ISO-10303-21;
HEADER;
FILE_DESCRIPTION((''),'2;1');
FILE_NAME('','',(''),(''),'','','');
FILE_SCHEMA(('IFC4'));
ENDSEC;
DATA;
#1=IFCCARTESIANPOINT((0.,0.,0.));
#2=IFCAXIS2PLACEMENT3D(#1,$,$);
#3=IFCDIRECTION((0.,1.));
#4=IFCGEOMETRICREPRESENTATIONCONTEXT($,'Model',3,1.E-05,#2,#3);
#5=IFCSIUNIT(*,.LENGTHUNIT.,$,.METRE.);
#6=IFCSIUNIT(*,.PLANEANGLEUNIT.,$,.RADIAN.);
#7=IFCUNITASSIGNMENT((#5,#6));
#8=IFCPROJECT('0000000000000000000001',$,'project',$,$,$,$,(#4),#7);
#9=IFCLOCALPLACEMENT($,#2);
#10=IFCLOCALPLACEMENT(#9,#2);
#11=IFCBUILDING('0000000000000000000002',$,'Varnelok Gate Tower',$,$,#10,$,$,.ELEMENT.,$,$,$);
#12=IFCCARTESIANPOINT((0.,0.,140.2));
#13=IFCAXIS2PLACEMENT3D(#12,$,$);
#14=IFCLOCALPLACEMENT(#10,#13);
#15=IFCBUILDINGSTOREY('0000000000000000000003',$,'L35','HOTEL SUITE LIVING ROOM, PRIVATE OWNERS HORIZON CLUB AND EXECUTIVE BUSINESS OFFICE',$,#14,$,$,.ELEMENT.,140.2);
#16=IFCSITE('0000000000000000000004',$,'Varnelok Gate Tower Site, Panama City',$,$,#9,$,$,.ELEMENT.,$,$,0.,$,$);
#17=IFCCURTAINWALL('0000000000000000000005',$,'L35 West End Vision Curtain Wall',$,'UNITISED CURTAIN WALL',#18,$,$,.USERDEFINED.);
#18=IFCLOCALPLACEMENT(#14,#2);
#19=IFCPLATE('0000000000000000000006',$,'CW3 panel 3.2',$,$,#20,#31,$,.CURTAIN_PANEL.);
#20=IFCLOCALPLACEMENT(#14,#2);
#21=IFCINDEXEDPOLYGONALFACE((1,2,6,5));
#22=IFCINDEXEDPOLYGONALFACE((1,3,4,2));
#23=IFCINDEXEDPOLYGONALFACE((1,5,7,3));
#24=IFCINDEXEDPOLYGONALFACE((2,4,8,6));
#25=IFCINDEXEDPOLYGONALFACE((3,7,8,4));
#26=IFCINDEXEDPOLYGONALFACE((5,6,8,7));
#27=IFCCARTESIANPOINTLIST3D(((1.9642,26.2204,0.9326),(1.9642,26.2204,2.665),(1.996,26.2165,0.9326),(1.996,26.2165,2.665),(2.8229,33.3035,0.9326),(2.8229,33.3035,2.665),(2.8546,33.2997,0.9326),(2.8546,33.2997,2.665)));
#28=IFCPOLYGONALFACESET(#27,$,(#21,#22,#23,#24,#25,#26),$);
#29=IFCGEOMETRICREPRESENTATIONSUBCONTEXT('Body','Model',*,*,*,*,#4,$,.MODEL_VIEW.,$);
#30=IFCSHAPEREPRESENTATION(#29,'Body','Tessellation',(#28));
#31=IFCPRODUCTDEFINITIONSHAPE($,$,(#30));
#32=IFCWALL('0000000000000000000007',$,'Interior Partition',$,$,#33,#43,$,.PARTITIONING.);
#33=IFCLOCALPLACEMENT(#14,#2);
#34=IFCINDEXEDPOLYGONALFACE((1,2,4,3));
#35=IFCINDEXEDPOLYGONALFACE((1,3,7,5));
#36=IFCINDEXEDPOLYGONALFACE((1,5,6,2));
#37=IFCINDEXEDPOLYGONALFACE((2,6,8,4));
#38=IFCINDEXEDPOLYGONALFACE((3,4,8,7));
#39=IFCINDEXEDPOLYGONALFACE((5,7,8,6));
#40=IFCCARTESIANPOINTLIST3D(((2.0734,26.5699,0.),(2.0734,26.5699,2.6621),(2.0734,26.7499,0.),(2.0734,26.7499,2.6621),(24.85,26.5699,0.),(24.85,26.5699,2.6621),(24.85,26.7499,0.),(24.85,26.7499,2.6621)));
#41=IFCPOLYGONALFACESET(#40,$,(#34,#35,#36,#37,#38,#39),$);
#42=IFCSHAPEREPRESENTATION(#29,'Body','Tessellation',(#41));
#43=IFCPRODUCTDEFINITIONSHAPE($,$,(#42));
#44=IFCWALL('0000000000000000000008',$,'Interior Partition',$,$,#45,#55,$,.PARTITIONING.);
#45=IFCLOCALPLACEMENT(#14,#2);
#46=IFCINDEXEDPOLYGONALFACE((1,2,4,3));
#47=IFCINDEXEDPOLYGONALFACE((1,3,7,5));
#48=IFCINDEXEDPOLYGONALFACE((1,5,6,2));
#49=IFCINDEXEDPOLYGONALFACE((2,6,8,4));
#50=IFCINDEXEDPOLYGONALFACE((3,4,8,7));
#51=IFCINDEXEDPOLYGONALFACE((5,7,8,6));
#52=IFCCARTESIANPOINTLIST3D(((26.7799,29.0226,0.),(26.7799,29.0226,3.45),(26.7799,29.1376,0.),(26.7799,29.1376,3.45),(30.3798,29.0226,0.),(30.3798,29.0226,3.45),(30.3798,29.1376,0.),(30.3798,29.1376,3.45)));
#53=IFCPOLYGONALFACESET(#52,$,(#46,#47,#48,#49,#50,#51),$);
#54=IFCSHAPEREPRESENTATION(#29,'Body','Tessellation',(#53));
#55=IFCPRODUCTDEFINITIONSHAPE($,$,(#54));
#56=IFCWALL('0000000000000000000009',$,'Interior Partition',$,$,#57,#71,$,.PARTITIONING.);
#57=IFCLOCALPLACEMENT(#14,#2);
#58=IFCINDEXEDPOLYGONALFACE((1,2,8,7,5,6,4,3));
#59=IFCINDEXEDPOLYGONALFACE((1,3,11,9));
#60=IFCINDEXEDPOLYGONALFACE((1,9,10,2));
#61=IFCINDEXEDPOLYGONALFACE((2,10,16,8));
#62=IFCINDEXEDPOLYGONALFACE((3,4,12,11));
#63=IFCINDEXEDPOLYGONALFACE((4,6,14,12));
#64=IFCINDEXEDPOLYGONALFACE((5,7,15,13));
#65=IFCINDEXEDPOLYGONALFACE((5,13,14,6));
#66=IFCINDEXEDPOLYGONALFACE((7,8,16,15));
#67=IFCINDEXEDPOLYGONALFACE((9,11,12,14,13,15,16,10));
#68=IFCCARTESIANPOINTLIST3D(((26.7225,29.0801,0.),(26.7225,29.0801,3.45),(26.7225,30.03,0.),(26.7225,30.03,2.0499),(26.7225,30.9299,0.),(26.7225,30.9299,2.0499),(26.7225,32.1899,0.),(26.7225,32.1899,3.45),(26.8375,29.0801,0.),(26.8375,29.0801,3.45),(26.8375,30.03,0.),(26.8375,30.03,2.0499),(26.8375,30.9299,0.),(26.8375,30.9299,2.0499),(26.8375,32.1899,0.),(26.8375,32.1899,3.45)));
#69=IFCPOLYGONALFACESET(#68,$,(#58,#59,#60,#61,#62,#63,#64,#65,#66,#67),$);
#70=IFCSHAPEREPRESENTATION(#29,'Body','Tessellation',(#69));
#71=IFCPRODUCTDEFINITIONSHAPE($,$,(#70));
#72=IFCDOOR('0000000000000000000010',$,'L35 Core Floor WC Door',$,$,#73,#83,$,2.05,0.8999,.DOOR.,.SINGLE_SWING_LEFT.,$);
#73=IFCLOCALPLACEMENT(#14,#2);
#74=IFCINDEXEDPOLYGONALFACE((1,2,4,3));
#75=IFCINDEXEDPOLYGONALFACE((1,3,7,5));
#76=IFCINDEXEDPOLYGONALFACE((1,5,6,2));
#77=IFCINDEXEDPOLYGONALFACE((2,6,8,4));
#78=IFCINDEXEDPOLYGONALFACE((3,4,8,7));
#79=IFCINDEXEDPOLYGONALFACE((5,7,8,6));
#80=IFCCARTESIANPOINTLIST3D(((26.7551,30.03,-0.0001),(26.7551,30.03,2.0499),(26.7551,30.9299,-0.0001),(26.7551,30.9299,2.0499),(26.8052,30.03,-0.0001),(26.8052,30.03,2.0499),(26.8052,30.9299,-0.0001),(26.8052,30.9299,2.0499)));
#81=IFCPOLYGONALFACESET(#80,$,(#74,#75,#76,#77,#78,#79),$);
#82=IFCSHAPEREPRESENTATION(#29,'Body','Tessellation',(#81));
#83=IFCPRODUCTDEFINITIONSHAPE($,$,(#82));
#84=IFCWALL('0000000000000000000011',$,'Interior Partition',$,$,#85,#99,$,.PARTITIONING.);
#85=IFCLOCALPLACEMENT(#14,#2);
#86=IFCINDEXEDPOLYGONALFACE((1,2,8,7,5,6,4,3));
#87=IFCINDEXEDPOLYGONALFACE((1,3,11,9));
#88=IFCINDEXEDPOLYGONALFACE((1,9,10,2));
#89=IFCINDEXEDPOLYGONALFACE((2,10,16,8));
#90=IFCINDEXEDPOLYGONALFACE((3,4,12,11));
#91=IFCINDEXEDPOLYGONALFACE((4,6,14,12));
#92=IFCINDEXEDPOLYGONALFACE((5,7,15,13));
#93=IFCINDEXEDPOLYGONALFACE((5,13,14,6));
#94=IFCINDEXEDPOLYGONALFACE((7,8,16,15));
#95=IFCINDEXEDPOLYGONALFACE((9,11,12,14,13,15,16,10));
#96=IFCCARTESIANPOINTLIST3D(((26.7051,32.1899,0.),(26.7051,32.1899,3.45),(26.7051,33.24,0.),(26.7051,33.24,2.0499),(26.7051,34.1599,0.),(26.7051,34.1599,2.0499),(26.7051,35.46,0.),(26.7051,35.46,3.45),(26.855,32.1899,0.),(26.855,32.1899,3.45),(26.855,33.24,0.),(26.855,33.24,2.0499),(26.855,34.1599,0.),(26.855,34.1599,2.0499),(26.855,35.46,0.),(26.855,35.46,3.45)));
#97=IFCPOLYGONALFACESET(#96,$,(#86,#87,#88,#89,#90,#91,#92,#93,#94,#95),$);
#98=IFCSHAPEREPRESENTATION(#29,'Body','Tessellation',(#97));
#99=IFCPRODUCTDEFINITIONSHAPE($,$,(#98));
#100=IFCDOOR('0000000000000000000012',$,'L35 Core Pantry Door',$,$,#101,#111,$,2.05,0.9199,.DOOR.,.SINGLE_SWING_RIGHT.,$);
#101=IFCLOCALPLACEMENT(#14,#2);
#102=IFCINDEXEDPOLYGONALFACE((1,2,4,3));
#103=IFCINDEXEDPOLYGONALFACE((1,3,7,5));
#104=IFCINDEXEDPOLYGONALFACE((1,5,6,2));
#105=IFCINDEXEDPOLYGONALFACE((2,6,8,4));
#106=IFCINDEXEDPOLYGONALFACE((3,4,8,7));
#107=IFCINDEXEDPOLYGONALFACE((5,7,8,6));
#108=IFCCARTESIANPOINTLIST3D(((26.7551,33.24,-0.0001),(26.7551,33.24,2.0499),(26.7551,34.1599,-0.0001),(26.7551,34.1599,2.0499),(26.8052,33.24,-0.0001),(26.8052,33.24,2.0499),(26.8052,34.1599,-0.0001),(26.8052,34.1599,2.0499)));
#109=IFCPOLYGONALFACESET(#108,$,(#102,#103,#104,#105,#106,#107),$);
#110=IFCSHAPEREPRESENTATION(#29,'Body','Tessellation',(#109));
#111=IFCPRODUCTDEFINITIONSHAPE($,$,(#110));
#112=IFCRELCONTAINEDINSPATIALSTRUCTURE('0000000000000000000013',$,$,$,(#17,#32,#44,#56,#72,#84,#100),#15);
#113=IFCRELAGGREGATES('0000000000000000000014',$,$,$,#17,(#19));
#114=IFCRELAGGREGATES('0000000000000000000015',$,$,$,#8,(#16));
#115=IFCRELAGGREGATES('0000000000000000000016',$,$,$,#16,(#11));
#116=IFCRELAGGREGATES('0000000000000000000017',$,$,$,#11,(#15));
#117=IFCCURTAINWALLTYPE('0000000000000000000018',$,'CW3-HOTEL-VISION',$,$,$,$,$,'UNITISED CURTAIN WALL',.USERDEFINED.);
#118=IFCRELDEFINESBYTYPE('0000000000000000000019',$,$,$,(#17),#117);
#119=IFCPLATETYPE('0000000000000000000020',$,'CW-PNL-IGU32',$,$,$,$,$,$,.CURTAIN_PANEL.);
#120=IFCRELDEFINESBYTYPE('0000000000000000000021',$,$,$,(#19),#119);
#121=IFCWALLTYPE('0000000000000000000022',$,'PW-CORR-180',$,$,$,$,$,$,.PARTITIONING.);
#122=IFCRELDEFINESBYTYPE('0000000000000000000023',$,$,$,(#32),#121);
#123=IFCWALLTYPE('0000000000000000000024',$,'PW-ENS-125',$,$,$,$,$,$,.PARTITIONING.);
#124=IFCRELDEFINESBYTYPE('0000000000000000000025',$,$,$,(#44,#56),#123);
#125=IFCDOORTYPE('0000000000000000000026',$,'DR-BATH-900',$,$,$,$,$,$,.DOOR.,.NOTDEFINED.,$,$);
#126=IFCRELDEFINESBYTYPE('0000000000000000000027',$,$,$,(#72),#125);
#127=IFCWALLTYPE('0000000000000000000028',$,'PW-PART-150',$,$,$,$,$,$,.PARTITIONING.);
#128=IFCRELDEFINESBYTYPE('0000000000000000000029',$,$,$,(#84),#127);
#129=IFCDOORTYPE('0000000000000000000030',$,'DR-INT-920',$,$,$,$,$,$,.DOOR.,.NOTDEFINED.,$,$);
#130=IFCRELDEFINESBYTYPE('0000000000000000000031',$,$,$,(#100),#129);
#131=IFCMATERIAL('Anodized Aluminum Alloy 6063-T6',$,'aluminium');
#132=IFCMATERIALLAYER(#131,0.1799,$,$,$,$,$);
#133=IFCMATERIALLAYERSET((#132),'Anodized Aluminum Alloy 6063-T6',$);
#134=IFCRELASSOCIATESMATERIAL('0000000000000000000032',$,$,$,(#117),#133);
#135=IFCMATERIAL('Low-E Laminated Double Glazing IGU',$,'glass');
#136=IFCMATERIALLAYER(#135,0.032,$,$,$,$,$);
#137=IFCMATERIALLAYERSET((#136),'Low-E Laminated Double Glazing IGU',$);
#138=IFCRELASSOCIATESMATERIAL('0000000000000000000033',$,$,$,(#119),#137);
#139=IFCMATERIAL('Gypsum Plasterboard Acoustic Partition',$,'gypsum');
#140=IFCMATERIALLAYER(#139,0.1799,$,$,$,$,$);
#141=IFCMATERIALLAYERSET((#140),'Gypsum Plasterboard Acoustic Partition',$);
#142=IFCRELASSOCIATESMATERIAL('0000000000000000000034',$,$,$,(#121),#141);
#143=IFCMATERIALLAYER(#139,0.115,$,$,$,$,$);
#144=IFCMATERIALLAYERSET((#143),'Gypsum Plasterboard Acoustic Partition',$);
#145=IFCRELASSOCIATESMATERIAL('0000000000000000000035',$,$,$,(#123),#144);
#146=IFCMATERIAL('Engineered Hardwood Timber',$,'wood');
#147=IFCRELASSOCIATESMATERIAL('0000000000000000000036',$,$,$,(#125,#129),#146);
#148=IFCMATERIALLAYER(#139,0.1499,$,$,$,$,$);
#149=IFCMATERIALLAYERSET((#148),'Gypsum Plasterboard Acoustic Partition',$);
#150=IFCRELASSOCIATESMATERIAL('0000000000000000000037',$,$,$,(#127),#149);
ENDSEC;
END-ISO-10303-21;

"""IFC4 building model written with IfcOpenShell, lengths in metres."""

from ifc_helpers import new_model, si_unit, direction, frame, frame_2d, origin, origin_2d, place, context, subcontext, project, spatial, rectangle, extrude, source, transform, mapped, material, layer, layer_set, type_object, element, fill, aggregate, save


model = new_model("IFC4")

# Units and contexts
model_context = context("Model", 3, precision=1e-05, world=origin(), true_north=direction((0.0, 1.0)))
body_context = subcontext(model_context, "Body", "Model", "MODEL_VIEW")
ifc_project = project(units=[si_unit("LENGTHUNIT", "METRE"), si_unit("PLANEANGLEUNIT", "RADIAN")], contexts=[model_context])

# Site, building, storey
site_placement = place(None, origin())
site = spatial("IfcSite", under=ifc_project, at=site_placement, Name="Varnelok Gate Tower Site, Panama City", CompositionType="ELEMENT", RefElevation=0.0)
building_placement = place(site_placement, origin())
building = spatial("IfcBuilding", under=site, at=building_placement, Name="Varnelok Gate Tower", CompositionType="ELEMENT")
storey_placement = place(building_placement, frame((0.0, 0.0, 140.2)))
storey = spatial("IfcBuildingStorey", under=building, at=storey_placement, Name="L35", Description="HOTEL SUITE LIVING ROOM, PRIVATE OWNERS HORIZON CLUB AND EXECUTIVE BUSINESS OFFICE", CompositionType="ELEMENT", Elevation=140.2)

# Curtain wall, plate
ifc_material_1 = material(Name="Anodized Aluminum Alloy 6063-T6", Category="aluminium")
ifc_layer_1 = layer(ifc_material_1, 0.1799)
ifc_layer_set_1 = layer_set([ifc_layer_1], Name="Anodized Aluminum Alloy 6063-T6")
curtain_wall_type = type_object("IfcCurtainWallType", Name="CW3-HOTEL-VISION", ElementType="UNITISED CURTAIN WALL", PredefinedType="USERDEFINED", material=ifc_layer_set_1)
curtain_wall_placement = place(storey_placement, origin())
curtain_wall = element("IfcCurtainWall", 1, at=curtain_wall_placement, inside=storey, type_object=curtain_wall_type, Name="L35 West End Vision Curtain Wall", ObjectType="UNITISED CURTAIN WALL", PredefinedType="USERDEFINED")
ifc_material_2 = material(Name="Low-E Laminated Double Glazing IGU", Category="glass")
ifc_layer_2 = layer(ifc_material_2, 0.032)
ifc_layer_set_2 = layer_set([ifc_layer_2], Name="Low-E Laminated Double Glazing IGU")
plate_type = type_object("IfcPlateType", Name="CW-PNL-IGU32", PredefinedType="CURTAIN_PANEL", material=ifc_layer_set_2)
shared_shape_1 = source(origin(), body_context, "Body", "SweptSolid", [
    extrude(rectangle(XDim=7.135, YDim=0.032, at=origin_2d()), origin(), (0.0, 0.0, 1.0), 1.7324),
])
plate_1_placement = place(storey_placement, frame((2.4094, 29.76, 0.9326), z_axis=(0.0, 0.0, 1.0), x_axis=(0.120347, 0.992732, 0.0)))
plate_1 = element("IfcPlate", 2, at=plate_1_placement, type_object=plate_type, Name="CW3 panel 3.2", PredefinedType="CURTAIN_PANEL", context=body_context, shape_type="MappedRepresentation", body=[
    mapped(shared_shape_1, transform((0.0, 0.0, 0.0), scale=1.0)),
])
aggregate(curtain_wall, [plate_1])

# Walls
ifc_material_3 = material(Name="Gypsum Plasterboard Acoustic Partition", Category="gypsum")
ifc_layer_3 = layer(ifc_material_3, 0.1799)
ifc_layer_set_3 = layer_set([ifc_layer_3], Name="Gypsum Plasterboard Acoustic Partition")
wall_type_1 = type_object("IfcWallType", Name="PW-CORR-180", PredefinedType="PARTITIONING", material=ifc_layer_set_3)
wall_1_placement = place(storey_placement, frame((2.0735, 26.6599, 0.0), z_axis=(0.0, 0.0, 1.0), x_axis=(1.0, 0.0, 0.0)))
element("IfcWall", 3, at=wall_1_placement, inside=storey, type_object=wall_type_1, Name="Interior Partition", PredefinedType="PARTITIONING", context=body_context, shape_type="SweptSolid", body=[
    extrude(rectangle(XDim=22.7766, YDim=0.1799, at=frame_2d((11.3882, 0.0))), origin(), (0.0, 0.0, 1.0), 2.6621),
])
ifc_layer_4 = layer(ifc_material_3, 0.115)
ifc_layer_set_4 = layer_set([ifc_layer_4], Name="Gypsum Plasterboard Acoustic Partition")
wall_type_2 = type_object("IfcWallType", Name="PW-ENS-125", PredefinedType="PARTITIONING", material=ifc_layer_set_4)
wall_2_placement = place(storey_placement, frame((26.78, 29.0801, 0.0), z_axis=(0.0, 0.0, 1.0), x_axis=(1.0, 0.0, 0.0)))
element("IfcWall", 4, at=wall_2_placement, inside=storey, type_object=wall_type_2, Name="Interior Partition", PredefinedType="PARTITIONING", context=body_context, shape_type="SweptSolid", body=[
    extrude(rectangle(XDim=3.5999, YDim=0.115, at=frame_2d((1.7998, 0.0))), origin(), (0.0, 0.0, 1.0), 3.45),
])

# Walls, openings, doors
wall_3_placement = place(storey_placement, frame((26.78, 29.0801, 0.0), z_axis=(0.0, 0.0, 1.0), x_axis=(0.0, 1.0, 0.0)))
wall_3 = element("IfcWall", 5, at=wall_3_placement, inside=storey, type_object=wall_type_2, Name="Interior Partition", PredefinedType="PARTITIONING", context=body_context, shape_type="SweptSolid", body=[
    extrude(rectangle(XDim=3.1099, YDim=0.115, at=frame_2d((1.5549, 0.0))), origin(), (0.0, 0.0, 1.0), 3.45),
])
opening_1_placement = place(wall_3_placement, frame((0.95, 0.0, 0.0)))
opening_1 = element("IfcOpeningElement", 6, at=opening_1_placement, cuts=wall_3, PredefinedType="OPENING", context=body_context, shape_type="SweptSolid", body=[
    extrude(rectangle(XDim=0.8999, YDim=2.05, at=frame_2d((0.45, 1.0249))), frame((0.0, 0.0674, 0.0), z_axis=(0.0, -1.0, 0.0), x_axis=(1.0, 0.0, 0.0)), (0.0, 0.0, 1.0), 0.135),
])
ifc_material_4 = material(Name="Engineered Hardwood Timber", Category="wood")
door_type_1 = type_object("IfcDoorType", Name="DR-BATH-900", OperationType="NOTDEFINED", PredefinedType="DOOR", material=ifc_material_4)
door_1_placement = place(opening_1_placement, origin())
door_1 = element("IfcDoor", 7, at=door_1_placement, inside=storey, type_object=door_type_1, Name="L35 Core Floor WC Door", OperationType="SINGLE_SWING_LEFT", OverallHeight=2.05, OverallWidth=0.8999, PredefinedType="DOOR", context=body_context, shape_type="SweptSolid", body=[
    extrude(rectangle(XDim=0.8999, YDim=2.05, at=frame_2d((0.45, 1.0249))), frame((0.0, 0.0249, 0.0), z_axis=(0.0, -1.0, 0.0), x_axis=(1.0, 0.0, 0.0)), (0.0, 0.0, 1.0), 0.05),
])
fill(opening_1, door_1)
ifc_layer_5 = layer(ifc_material_3, 0.1499)
ifc_layer_set_5 = layer_set([ifc_layer_5], Name="Gypsum Plasterboard Acoustic Partition")
wall_type_3 = type_object("IfcWallType", Name="PW-PART-150", PredefinedType="PARTITIONING", material=ifc_layer_set_5)
wall_4_placement = place(storey_placement, frame((26.78, 32.1899, 0.0), z_axis=(0.0, 0.0, 1.0), x_axis=(0.0, 1.0, 0.0)))
wall_4 = element("IfcWall", 8, at=wall_4_placement, inside=storey, type_object=wall_type_3, Name="Interior Partition", PredefinedType="PARTITIONING", context=body_context, shape_type="SweptSolid", body=[
    extrude(rectangle(XDim=3.27, YDim=0.1499, at=frame_2d((1.635, 0.0))), origin(), (0.0, 0.0, 1.0), 3.45),
])
opening_2_placement = place(wall_4_placement, frame((1.05, 0.0, 0.0)))
opening_2 = element("IfcOpeningElement", 9, at=opening_2_placement, cuts=wall_4, PredefinedType="OPENING", context=body_context, shape_type="SweptSolid", body=[
    extrude(rectangle(XDim=0.9199, YDim=2.05, at=frame_2d((0.46, 1.0249))), frame((0.0, 0.085, 0.0), z_axis=(0.0, -1.0, 0.0), x_axis=(1.0, 0.0, 0.0)), (0.0, 0.0, 1.0), 0.1699),
])
door_type_2 = type_object("IfcDoorType", Name="DR-INT-920", OperationType="NOTDEFINED", PredefinedType="DOOR", material=ifc_material_4)
door_2_placement = place(opening_2_placement, origin())
door_2 = element("IfcDoor", 10, at=door_2_placement, inside=storey, type_object=door_type_2, Name="L35 Core Pantry Door", OperationType="SINGLE_SWING_RIGHT", OverallHeight=2.05, OverallWidth=0.9199, PredefinedType="DOOR", context=body_context, shape_type="SweptSolid", body=[
    extrude(rectangle(XDim=0.9199, YDim=2.05, at=frame_2d((0.46, 1.0249))), frame((0.0, 0.0249, 0.0), z_axis=(0.0, -1.0, 0.0), x_axis=(1.0, 0.0, 0.0)), (0.0, 0.0, 1.0), 0.05),
])
fill(opening_2, door_2)

save(model, "model.ifc")
